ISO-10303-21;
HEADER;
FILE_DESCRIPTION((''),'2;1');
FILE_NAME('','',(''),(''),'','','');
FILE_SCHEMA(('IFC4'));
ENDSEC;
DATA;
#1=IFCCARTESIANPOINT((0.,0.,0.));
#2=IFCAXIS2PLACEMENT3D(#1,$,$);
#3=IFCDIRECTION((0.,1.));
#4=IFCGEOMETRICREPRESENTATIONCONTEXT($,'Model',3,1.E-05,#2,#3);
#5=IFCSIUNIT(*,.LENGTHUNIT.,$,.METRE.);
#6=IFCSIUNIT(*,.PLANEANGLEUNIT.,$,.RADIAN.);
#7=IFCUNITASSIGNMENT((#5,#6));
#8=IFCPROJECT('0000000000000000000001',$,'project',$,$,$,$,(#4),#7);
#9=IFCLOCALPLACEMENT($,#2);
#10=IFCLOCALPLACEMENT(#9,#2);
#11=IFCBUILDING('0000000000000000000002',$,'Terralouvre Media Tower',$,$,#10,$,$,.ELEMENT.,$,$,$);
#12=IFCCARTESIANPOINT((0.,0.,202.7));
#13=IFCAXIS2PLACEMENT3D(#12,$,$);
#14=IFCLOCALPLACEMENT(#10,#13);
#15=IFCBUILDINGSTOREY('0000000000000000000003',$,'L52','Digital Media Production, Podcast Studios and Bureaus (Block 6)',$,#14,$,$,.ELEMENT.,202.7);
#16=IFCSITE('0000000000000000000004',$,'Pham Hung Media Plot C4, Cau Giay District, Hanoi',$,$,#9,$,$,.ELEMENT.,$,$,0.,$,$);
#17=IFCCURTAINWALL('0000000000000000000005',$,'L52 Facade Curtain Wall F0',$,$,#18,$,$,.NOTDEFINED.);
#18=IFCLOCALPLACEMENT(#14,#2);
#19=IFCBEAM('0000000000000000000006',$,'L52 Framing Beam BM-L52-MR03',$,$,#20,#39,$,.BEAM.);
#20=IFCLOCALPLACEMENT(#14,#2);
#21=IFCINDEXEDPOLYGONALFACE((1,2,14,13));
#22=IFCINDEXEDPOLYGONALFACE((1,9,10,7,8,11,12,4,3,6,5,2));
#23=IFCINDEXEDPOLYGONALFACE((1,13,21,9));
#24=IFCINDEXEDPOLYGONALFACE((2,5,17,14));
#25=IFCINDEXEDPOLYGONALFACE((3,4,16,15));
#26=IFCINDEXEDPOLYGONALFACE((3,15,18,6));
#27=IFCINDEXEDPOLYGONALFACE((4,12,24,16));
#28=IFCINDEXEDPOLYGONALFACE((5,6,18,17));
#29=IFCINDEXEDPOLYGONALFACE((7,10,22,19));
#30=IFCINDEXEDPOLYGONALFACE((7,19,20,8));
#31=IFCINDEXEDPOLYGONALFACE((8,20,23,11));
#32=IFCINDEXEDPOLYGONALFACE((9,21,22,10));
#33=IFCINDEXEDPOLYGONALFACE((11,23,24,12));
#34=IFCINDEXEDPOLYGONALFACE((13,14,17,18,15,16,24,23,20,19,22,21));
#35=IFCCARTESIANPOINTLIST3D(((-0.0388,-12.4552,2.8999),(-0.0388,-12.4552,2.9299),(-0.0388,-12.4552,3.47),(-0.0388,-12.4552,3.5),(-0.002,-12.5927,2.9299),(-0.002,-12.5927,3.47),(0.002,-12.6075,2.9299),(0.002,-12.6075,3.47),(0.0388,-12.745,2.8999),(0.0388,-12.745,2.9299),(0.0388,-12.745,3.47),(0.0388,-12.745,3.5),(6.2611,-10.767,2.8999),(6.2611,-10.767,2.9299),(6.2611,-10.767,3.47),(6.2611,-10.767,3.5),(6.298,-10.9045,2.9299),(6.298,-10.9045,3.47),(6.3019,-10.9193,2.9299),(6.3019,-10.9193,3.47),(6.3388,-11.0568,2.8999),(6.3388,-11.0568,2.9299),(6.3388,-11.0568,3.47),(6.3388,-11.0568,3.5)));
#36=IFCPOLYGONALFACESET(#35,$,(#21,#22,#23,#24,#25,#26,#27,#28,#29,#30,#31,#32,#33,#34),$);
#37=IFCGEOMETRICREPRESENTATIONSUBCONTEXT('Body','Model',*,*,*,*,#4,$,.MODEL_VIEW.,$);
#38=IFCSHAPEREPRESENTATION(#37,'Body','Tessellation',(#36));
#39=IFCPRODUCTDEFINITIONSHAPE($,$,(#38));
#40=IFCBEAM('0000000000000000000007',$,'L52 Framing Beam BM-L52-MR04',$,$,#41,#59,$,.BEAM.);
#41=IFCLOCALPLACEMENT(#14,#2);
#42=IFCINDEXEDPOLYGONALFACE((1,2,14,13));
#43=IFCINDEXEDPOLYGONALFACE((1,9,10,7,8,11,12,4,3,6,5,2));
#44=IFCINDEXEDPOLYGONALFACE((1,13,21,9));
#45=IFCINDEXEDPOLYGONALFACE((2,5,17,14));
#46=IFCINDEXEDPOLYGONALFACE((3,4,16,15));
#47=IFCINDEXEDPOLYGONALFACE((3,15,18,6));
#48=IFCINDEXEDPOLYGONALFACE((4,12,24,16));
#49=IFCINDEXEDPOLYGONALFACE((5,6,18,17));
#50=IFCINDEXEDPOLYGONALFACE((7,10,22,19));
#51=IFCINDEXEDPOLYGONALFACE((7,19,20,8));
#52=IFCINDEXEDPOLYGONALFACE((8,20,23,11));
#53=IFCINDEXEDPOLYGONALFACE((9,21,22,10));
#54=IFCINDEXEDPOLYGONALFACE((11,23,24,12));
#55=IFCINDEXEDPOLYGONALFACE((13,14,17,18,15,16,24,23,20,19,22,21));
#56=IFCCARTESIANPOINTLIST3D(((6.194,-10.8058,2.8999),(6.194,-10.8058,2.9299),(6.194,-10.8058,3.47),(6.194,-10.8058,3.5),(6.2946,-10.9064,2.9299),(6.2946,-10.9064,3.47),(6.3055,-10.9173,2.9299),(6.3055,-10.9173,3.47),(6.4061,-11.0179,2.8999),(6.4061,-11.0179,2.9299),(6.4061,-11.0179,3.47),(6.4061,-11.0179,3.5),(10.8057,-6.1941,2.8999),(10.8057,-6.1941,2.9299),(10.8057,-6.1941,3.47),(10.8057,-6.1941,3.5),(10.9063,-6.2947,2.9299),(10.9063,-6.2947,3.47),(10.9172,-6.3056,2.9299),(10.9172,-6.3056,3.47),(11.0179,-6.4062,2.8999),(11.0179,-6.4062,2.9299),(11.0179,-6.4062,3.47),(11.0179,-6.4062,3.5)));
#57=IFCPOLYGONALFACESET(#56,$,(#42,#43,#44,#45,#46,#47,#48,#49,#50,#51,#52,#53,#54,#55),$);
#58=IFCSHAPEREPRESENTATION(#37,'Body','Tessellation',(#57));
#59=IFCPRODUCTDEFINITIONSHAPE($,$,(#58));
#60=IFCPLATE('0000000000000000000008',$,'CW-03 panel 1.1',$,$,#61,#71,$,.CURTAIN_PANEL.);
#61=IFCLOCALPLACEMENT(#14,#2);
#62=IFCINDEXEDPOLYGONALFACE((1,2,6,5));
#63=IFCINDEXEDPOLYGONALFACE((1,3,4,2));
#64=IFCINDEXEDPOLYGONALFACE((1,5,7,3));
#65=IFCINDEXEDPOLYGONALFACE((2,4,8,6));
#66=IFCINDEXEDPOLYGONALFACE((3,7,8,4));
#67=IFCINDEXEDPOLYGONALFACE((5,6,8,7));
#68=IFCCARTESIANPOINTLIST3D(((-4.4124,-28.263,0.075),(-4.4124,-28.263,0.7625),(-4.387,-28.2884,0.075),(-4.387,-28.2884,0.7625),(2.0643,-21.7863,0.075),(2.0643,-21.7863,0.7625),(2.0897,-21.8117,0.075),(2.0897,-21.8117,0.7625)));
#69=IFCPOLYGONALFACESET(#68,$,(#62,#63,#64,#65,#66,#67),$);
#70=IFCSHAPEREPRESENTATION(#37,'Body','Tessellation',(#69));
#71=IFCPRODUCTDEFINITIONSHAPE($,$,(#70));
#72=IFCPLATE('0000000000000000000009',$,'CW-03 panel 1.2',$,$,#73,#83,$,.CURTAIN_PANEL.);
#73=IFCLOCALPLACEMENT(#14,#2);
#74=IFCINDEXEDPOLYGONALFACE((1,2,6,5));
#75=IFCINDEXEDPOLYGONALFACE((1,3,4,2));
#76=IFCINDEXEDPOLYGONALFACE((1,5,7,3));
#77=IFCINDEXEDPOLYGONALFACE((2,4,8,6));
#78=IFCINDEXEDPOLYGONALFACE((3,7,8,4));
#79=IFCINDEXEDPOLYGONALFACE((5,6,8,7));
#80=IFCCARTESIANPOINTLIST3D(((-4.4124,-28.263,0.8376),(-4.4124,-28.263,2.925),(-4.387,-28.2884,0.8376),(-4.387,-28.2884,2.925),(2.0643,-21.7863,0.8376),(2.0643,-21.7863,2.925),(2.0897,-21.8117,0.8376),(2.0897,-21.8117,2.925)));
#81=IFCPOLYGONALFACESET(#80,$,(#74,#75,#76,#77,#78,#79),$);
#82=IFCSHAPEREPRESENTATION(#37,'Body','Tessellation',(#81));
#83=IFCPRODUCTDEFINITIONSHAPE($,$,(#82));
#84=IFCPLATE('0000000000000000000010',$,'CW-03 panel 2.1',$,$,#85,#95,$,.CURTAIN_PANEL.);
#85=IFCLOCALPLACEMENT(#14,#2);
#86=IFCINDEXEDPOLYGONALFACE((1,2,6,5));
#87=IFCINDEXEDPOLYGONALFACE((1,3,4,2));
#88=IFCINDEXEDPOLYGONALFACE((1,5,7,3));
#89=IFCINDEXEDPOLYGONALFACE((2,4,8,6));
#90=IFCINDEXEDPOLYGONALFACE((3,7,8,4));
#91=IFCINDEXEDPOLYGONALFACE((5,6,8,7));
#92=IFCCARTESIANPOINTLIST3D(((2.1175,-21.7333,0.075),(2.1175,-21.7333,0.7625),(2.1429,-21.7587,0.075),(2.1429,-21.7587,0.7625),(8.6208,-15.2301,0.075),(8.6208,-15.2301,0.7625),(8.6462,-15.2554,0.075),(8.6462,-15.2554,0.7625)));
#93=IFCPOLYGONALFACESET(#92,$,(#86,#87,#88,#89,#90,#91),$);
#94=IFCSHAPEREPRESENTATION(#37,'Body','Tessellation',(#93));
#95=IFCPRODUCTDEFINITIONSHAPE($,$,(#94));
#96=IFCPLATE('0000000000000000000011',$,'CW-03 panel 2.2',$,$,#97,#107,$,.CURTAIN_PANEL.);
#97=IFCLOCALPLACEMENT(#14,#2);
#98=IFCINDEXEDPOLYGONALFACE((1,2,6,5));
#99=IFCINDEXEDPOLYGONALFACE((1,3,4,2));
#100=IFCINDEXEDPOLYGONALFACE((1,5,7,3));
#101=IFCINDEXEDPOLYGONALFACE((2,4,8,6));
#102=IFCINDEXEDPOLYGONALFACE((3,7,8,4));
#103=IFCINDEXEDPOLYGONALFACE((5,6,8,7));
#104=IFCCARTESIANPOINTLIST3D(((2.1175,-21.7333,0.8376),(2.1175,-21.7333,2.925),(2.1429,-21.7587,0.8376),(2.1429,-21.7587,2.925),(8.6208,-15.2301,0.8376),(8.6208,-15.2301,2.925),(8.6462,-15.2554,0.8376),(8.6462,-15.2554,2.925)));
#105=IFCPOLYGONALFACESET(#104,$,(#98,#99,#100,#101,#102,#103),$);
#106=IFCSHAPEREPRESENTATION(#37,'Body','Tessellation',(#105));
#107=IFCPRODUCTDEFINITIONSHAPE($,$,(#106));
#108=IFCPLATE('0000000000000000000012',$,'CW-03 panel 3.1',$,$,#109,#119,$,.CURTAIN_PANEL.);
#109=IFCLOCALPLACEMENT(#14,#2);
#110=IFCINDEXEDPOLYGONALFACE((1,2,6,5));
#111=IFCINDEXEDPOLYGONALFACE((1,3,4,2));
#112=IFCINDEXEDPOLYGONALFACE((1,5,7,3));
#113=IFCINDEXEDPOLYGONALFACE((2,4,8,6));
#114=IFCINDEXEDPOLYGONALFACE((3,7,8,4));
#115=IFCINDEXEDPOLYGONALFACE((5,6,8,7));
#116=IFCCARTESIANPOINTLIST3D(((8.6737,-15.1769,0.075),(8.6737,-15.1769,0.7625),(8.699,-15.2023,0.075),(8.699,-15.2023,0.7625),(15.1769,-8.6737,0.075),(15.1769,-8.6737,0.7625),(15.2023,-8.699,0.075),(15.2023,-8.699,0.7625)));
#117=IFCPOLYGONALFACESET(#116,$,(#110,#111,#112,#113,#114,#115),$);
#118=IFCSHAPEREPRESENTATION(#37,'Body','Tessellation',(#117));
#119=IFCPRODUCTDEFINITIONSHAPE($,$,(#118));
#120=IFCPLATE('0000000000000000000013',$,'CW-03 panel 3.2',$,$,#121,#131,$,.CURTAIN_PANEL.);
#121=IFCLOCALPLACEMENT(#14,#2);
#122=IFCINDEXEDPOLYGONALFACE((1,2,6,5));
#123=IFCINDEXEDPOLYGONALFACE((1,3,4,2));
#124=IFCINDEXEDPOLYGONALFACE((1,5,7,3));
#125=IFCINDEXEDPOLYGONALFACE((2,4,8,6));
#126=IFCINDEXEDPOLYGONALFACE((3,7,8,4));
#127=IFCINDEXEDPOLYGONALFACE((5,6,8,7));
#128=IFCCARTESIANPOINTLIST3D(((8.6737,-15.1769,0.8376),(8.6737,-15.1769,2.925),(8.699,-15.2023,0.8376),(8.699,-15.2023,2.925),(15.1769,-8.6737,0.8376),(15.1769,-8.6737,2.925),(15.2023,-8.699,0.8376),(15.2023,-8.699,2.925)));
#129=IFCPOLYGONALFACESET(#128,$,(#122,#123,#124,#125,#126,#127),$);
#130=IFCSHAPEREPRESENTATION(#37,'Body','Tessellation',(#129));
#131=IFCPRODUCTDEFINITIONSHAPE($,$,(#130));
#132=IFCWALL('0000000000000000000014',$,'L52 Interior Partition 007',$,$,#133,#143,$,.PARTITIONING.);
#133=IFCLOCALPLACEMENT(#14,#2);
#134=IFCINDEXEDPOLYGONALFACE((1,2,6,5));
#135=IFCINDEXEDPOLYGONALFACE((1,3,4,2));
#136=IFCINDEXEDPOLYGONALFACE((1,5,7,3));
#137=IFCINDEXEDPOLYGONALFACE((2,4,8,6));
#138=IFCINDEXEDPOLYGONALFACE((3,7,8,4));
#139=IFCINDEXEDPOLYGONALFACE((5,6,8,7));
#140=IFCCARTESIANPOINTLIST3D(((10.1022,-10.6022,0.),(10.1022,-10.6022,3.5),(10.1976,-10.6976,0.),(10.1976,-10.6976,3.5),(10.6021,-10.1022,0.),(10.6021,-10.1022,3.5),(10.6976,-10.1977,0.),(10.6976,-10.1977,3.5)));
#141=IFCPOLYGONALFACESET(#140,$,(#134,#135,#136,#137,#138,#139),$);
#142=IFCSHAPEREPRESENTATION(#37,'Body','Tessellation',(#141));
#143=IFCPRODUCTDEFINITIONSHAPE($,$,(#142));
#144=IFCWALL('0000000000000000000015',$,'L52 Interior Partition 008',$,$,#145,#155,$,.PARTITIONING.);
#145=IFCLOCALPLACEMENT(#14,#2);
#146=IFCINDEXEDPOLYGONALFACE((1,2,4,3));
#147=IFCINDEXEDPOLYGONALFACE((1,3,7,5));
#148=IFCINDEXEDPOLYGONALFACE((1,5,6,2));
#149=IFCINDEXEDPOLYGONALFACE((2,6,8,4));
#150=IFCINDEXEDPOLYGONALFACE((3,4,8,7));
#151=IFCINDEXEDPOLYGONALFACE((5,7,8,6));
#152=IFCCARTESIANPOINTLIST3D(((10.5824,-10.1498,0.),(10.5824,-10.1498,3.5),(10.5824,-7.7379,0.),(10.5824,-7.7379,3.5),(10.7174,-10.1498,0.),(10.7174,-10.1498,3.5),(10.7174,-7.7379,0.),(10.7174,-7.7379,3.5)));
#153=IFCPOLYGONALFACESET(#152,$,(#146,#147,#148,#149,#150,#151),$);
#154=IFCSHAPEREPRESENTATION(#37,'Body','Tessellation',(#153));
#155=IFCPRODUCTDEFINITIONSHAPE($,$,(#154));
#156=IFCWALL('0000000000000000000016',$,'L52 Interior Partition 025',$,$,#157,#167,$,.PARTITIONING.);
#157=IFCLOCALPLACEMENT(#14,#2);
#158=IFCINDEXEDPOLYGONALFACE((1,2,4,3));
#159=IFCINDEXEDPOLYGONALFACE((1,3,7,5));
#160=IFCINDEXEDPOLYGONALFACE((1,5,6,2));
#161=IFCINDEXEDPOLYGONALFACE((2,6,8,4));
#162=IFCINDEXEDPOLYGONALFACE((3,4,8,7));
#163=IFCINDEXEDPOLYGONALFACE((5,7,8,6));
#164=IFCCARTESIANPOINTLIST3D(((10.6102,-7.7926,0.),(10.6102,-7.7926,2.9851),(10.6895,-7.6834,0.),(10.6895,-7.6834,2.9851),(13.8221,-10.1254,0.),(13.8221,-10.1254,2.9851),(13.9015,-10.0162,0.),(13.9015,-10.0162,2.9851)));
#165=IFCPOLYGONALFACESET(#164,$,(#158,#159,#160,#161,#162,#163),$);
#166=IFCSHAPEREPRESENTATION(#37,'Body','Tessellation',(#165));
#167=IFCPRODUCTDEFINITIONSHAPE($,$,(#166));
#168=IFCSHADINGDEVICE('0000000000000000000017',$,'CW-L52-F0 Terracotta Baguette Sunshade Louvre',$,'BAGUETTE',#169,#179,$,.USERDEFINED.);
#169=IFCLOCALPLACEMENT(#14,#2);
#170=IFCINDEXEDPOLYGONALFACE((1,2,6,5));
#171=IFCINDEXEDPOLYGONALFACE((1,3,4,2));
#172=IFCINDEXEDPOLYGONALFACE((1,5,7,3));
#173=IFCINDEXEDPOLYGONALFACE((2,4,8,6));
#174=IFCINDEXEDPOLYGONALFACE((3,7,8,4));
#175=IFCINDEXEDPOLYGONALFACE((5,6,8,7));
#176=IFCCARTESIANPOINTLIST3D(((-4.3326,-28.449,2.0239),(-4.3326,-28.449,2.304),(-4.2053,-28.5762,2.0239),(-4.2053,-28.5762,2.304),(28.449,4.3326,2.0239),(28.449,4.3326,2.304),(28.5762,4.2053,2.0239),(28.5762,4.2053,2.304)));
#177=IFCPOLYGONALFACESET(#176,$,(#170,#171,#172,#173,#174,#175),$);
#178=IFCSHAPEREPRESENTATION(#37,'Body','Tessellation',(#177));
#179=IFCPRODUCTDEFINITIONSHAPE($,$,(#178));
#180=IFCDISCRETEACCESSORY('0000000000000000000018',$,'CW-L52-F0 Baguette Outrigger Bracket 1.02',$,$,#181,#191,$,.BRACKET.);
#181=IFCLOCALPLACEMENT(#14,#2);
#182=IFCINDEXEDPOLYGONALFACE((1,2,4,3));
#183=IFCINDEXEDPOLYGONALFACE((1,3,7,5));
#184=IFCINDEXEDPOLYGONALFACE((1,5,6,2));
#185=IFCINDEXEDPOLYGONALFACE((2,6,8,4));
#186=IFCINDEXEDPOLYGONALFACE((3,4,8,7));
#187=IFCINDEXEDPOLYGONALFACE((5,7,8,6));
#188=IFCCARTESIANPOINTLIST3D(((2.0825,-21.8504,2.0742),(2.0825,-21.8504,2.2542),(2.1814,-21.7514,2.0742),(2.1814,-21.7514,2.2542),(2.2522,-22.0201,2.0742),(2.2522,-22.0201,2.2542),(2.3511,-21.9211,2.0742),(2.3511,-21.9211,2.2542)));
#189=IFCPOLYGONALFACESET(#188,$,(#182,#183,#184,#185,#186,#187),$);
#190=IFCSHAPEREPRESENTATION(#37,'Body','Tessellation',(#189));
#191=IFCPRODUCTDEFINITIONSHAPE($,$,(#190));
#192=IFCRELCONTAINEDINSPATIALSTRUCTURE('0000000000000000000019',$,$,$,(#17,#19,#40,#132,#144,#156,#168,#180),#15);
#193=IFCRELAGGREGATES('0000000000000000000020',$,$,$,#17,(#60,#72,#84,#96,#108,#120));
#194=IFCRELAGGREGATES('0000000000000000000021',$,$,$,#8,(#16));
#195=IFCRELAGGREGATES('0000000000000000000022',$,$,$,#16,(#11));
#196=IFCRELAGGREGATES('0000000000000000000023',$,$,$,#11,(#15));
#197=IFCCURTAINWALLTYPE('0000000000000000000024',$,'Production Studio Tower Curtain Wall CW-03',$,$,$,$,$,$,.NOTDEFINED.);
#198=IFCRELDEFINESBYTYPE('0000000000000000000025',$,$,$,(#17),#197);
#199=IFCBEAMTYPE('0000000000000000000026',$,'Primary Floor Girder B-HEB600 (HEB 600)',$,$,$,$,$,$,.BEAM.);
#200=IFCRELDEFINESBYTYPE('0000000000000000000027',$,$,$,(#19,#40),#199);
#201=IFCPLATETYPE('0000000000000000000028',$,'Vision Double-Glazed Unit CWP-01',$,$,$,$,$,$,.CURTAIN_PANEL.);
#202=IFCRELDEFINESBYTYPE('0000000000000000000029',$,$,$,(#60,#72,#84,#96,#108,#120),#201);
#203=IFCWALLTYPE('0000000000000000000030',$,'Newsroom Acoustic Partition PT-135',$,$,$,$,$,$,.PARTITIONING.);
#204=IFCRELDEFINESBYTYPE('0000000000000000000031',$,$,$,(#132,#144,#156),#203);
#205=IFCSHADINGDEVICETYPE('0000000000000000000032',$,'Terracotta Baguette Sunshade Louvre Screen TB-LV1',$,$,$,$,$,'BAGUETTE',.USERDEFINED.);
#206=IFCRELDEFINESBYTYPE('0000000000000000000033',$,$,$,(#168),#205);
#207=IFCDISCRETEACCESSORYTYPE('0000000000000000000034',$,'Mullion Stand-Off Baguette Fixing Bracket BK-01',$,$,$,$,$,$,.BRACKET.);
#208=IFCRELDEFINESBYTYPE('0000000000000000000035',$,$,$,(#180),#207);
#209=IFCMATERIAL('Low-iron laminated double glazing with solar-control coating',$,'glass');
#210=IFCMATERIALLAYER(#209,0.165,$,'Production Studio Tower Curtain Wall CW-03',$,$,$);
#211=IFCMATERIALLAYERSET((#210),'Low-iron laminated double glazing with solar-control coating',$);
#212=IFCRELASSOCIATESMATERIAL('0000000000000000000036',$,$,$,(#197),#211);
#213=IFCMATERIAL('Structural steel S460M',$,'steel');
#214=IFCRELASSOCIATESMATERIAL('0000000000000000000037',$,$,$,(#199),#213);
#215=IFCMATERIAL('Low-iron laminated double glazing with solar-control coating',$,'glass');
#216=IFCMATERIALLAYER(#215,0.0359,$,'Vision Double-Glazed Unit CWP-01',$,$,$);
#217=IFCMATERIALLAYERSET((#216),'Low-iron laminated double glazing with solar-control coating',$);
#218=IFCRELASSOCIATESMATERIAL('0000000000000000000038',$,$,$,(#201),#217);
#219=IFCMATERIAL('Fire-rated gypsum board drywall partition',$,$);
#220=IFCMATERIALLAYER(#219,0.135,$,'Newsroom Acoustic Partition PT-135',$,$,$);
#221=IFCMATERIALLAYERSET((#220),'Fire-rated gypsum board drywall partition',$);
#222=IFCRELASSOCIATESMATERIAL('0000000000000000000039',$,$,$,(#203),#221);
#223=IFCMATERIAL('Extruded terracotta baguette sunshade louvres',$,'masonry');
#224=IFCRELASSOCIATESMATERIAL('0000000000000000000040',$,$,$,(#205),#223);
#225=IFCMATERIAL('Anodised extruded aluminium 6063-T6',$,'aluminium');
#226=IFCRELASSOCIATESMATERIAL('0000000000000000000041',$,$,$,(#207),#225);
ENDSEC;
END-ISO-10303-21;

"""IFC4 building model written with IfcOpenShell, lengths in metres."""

from ifc_helpers import new_model, si_unit, direction, frame, frame_2d, origin, origin_2d, place, context, subcontext, project, spatial, rectangle, i_section, extrude, material, layer, layer_set, material_profile, profile_set, type_object, element, aggregate, save


model = new_model("IFC4")

# Units and contexts
model_context = context("Model", 3, precision=1e-05, world=origin(), true_north=direction((0.0, 1.0)))
body_context = subcontext(model_context, "Body", "Model", "MODEL_VIEW")
ifc_project = project(units=[si_unit("LENGTHUNIT", "METRE"), si_unit("PLANEANGLEUNIT", "RADIAN")], contexts=[model_context])

# Site, building, storey
site_placement = place(None, origin())
site = spatial("IfcSite", under=ifc_project, at=site_placement, Name="Pham Hung Media Plot C4, Cau Giay District, Hanoi", CompositionType="ELEMENT", RefElevation=0.0)
building_placement = place(site_placement, origin())
building = spatial("IfcBuilding", under=site, at=building_placement, Name="Terralouvre Media Tower", CompositionType="ELEMENT")
storey_placement = place(building_placement, frame((0.0, 0.0, 202.7)))
storey = spatial("IfcBuildingStorey", under=building, at=storey_placement, Name="L52", Description="Digital Media Production, Podcast Studios and Bureaus (Block 6)", CompositionType="ELEMENT", Elevation=202.7)

# Curtain wall
ifc_material_1 = material(Name="Low-iron laminated double glazing with solar-control coating", Category="glass")
ifc_layer_1 = layer(ifc_material_1, 0.165, Name="Production Studio Tower Curtain Wall CW-03")
ifc_layer_set_1 = layer_set([ifc_layer_1], Name="Low-iron laminated double glazing with solar-control coating")
curtain_wall_type = type_object("IfcCurtainWallType", Name="Production Studio Tower Curtain Wall CW-03", PredefinedType="NOTDEFINED", material=ifc_layer_set_1)
curtain_wall_placement = place(storey_placement, origin())
curtain_wall = element("IfcCurtainWall", 1, at=curtain_wall_placement, inside=storey, type_object=curtain_wall_type, Name="L52 Facade Curtain Wall F0", PredefinedType="NOTDEFINED")

# Beams
ifc_material_2 = material(Name="Structural steel S460M", Category="steel")
ifc_material_profile_1 = material_profile(ifc_material_2, i_section(OverallWidth=0.3, OverallDepth=0.6001, WebThickness=0.0154, FlangeThickness=0.03, at=origin_2d()), Name="HEB 600")
ifc_profile_set_1 = profile_set([ifc_material_profile_1], Name="Structural steel S460M")
beam_type_1 = type_object("IfcBeamType", Name="Primary Floor Girder B-HEB600 (HEB 600)", PredefinedType="BEAM", material=ifc_profile_set_1)
beam_1_placement = place(storey_placement, frame((0.0, -12.6001, 3.2), z_axis=(0.96592, 0.258839, 0.0), x_axis=(-0.258839, 0.96592, 0.0)))
element("IfcBeam", 2, at=beam_1_placement, inside=storey, type_object=beam_type_1, Name="L52 Framing Beam BM-L52-MR03", PredefinedType="BEAM", context=body_context, shape_type="SweptSolid", body=[
    extrude(i_section(OverallWidth=0.3, OverallDepth=0.6001, WebThickness=0.0154, FlangeThickness=0.03, at=origin_2d()), origin(), (0.0, 0.0, 1.0), 6.5222),
])
beam_2_placement = place(storey_placement, frame((6.3, -10.9119, 3.2), z_axis=(0.707107, 0.707107, 0.0), x_axis=(-0.707107, 0.707107, 0.0)))
element("IfcBeam", 3, at=beam_2_placement, inside=storey, type_object=beam_type_1, Name="L52 Framing Beam BM-L52-MR04", PredefinedType="BEAM", context=body_context, shape_type="SweptSolid", body=[
    extrude(i_section(OverallWidth=0.3, OverallDepth=0.6001, WebThickness=0.0154, FlangeThickness=0.03, at=origin_2d()), origin(), (0.0, 0.0, 1.0), 6.522),
])

# Plates
ifc_material_3 = material(Name="Low-iron laminated double glazing with solar-control coating", Category="glass")
ifc_layer_2 = layer(ifc_material_3, 0.0359, Name="Vision Double-Glazed Unit CWP-01")
ifc_layer_set_2 = layer_set([ifc_layer_2], Name="Low-iron laminated double glazing with solar-control coating")
plate_type = type_object("IfcPlateType", Name="Vision Double-Glazed Unit CWP-01", PredefinedType="CURTAIN_PANEL", material=ifc_layer_set_2)
plate_1_placement = place(storey_placement, frame((-1.1614, -25.0374, 0.075), z_axis=(0.0, 0.0, 1.0), x_axis=(0.707107, 0.707107, 0.0)))
plate_1 = element("IfcPlate", 4, at=plate_1_placement, type_object=plate_type, Name="CW-03 panel 1.1", PredefinedType="CURTAIN_PANEL", context=body_context, shape_type="SweptSolid", body=[
    extrude(rectangle(XDim=9.1594, YDim=0.0359, at=origin_2d()), origin(), (0.0, 0.0, 1.0), 0.6875),
])
plate_2_placement = place(storey_placement, frame((-1.1614, -25.0374, 0.8376), z_axis=(0.0, 0.0, 1.0), x_axis=(0.707107, 0.707107, 0.0)))
plate_2 = element("IfcPlate", 5, at=plate_2_placement, type_object=plate_type, Name="CW-03 panel 1.2", PredefinedType="CURTAIN_PANEL", context=body_context, shape_type="SweptSolid", body=[
    extrude(rectangle(XDim=9.1594, YDim=0.0359, at=origin_2d()), origin(), (0.0, 0.0, 1.0), 2.0874),
])
plate_3_placement = place(storey_placement, frame((5.3818, -18.4944, 0.075), z_axis=(0.0, 0.0, 1.0), x_axis=(0.707107, 0.707107, 0.0)))
plate_3 = element("IfcPlate", 6, at=plate_3_placement, type_object=plate_type, Name="CW-03 panel 2.1", PredefinedType="CURTAIN_PANEL", context=body_context, shape_type="SweptSolid", body=[
    extrude(rectangle(XDim=9.197, YDim=0.0359, at=origin_2d()), origin(), (0.0, 0.0, 1.0), 0.6875),
])
plate_4_placement = place(storey_placement, frame((5.3818, -18.4944, 0.8376), z_axis=(0.0, 0.0, 1.0), x_axis=(0.707107, 0.707107, 0.0)))
plate_4 = element("IfcPlate", 7, at=plate_4_placement, type_object=plate_type, Name="CW-03 panel 2.2", PredefinedType="CURTAIN_PANEL", context=body_context, shape_type="SweptSolid", body=[
    extrude(rectangle(XDim=9.197, YDim=0.0359, at=origin_2d()), origin(), (0.0, 0.0, 1.0), 2.0874),
])
plate_5_placement = place(storey_placement, frame((11.938, -11.938, 0.075), z_axis=(0.0, 0.0, 1.0), x_axis=(0.707107, 0.707107, 0.0)))
plate_5 = element("IfcPlate", 8, at=plate_5_placement, type_object=plate_type, Name="CW-03 panel 3.1", PredefinedType="CURTAIN_PANEL", context=body_context, shape_type="SweptSolid", body=[
    extrude(rectangle(XDim=9.197, YDim=0.0359, at=origin_2d()), origin(), (0.0, 0.0, 1.0), 0.6875),
])
plate_6_placement = place(storey_placement, frame((11.938, -11.938, 0.8376), z_axis=(0.0, 0.0, 1.0), x_axis=(0.707107, 0.707107, 0.0)))
plate_6 = element("IfcPlate", 9, at=plate_6_placement, type_object=plate_type, Name="CW-03 panel 3.2", PredefinedType="CURTAIN_PANEL", context=body_context, shape_type="SweptSolid", body=[
    extrude(rectangle(XDim=9.197, YDim=0.0359, at=origin_2d()), origin(), (0.0, 0.0, 1.0), 2.0874),
])
aggregate(curtain_wall, [plate_1, plate_2, plate_3, plate_4, plate_5, plate_6])

# Walls
ifc_material_4 = material(Name="Fire-rated gypsum board drywall partition")
ifc_layer_3 = layer(ifc_material_4, 0.135, Name="Newsroom Acoustic Partition PT-135")
ifc_layer_set_3 = layer_set([ifc_layer_3], Name="Fire-rated gypsum board drywall partition")
wall_type = type_object("IfcWallType", Name="Newsroom Acoustic Partition PT-135", PredefinedType="PARTITIONING", material=ifc_layer_set_3)
wall_1_placement = place(storey_placement, frame((10.1499, -10.6499, 0.0), z_axis=(0.0, 0.0, 1.0), x_axis=(0.707107, 0.707107, 0.0)))
element("IfcWall", 10, at=wall_1_placement, inside=storey, type_object=wall_type, Name="L52 Interior Partition 007", PredefinedType="PARTITIONING", context=body_context, shape_type="SweptSolid", body=[
    extrude(rectangle(XDim=0.707, YDim=0.135, at=frame_2d((0.3535, 0.0))), origin(), (0.0, 0.0, 1.0), 3.5),
])
wall_2_placement = place(storey_placement, frame((10.6499, -10.1499, 0.0), z_axis=(0.0, 0.0, 1.0), x_axis=(0.0, 1.0, 0.0)))
element("IfcWall", 11, at=wall_2_placement, inside=storey, type_object=wall_type, Name="L52 Interior Partition 008", PredefinedType="PARTITIONING", context=body_context, shape_type="SweptSolid", body=[
    extrude(rectangle(XDim=2.4119, YDim=0.135, at=frame_2d((1.2061, 0.0))), origin(), (0.0, 0.0, 1.0), 3.5),
])
wall_3_placement = place(storey_placement, frame((13.8618, -10.0708, 0.0), z_axis=(0.0, 0.0, 1.0), x_axis=(-0.809116, 0.587649, 0.0)))
element("IfcWall", 12, at=wall_3_placement, inside=storey, type_object=wall_type, Name="L52 Interior Partition 025", PredefinedType="PARTITIONING", context=body_context, shape_type="SweptSolid", body=[
    extrude(rectangle(XDim=3.9697, YDim=0.135, at=frame_2d((1.9849, 0.0))), origin(), (0.0, 0.0, 1.0), 2.9851),
])

# Shading device
ifc_material_5 = material(Name="Extruded terracotta baguette sunshade louvres", Category="masonry")
shading_device_type = type_object("IfcShadingDeviceType", Name="Terracotta Baguette Sunshade Louvre Screen TB-LV1", ElementType="BAGUETTE", PredefinedType="USERDEFINED", material=ifc_material_5)
shading_device_placement = place(storey_placement, frame((12.1218, -12.1218, 2.0239), z_axis=(0.0, 0.0, 1.0), x_axis=(0.707107, 0.707107, 0.0)))
element("IfcShadingDevice", 13, at=shading_device_placement, inside=storey, type_object=shading_device_type, Name="CW-L52-F0 Terracotta Baguette Sunshade Louvre", ObjectType="BAGUETTE", PredefinedType="USERDEFINED", context=body_context, shape_type="SweptSolid", body=[
    extrude(rectangle(XDim=46.3601, YDim=0.1799, at=origin_2d()), origin(), (0.0, 0.0, 1.0), 0.28),
])

# Discrete accessory
ifc_material_6 = material(Name="Anodised extruded aluminium 6063-T6", Category="aluminium")
discrete_accessory_type = type_object("IfcDiscreteAccessoryType", Name="Mullion Stand-Off Baguette Fixing Bracket BK-01", PredefinedType="BRACKET", material=ifc_material_6)
for number, where, z_axis, x_axis, name in (
    (14, (2.2168, -21.8857, 2.0742), (0.0, 0.0, 1.0), (0.707107, 0.707107, 0.0), "CW-L52-F0 Baguette Outrigger Bracket 1.02"),
):
    element("IfcDiscreteAccessory", number, at=place(storey_placement, frame(where, z_axis=z_axis, x_axis=x_axis)), inside=storey, type_object=discrete_accessory_type, Name=name, PredefinedType="BRACKET", context=body_context, shape_type="SweptSolid", body=[
        extrude(rectangle(XDim=0.1399, YDim=0.24, at=origin_2d()), origin(), (0.0, 0.0, 1.0), 0.1799),
    ])

save(model, "model.ifc")
